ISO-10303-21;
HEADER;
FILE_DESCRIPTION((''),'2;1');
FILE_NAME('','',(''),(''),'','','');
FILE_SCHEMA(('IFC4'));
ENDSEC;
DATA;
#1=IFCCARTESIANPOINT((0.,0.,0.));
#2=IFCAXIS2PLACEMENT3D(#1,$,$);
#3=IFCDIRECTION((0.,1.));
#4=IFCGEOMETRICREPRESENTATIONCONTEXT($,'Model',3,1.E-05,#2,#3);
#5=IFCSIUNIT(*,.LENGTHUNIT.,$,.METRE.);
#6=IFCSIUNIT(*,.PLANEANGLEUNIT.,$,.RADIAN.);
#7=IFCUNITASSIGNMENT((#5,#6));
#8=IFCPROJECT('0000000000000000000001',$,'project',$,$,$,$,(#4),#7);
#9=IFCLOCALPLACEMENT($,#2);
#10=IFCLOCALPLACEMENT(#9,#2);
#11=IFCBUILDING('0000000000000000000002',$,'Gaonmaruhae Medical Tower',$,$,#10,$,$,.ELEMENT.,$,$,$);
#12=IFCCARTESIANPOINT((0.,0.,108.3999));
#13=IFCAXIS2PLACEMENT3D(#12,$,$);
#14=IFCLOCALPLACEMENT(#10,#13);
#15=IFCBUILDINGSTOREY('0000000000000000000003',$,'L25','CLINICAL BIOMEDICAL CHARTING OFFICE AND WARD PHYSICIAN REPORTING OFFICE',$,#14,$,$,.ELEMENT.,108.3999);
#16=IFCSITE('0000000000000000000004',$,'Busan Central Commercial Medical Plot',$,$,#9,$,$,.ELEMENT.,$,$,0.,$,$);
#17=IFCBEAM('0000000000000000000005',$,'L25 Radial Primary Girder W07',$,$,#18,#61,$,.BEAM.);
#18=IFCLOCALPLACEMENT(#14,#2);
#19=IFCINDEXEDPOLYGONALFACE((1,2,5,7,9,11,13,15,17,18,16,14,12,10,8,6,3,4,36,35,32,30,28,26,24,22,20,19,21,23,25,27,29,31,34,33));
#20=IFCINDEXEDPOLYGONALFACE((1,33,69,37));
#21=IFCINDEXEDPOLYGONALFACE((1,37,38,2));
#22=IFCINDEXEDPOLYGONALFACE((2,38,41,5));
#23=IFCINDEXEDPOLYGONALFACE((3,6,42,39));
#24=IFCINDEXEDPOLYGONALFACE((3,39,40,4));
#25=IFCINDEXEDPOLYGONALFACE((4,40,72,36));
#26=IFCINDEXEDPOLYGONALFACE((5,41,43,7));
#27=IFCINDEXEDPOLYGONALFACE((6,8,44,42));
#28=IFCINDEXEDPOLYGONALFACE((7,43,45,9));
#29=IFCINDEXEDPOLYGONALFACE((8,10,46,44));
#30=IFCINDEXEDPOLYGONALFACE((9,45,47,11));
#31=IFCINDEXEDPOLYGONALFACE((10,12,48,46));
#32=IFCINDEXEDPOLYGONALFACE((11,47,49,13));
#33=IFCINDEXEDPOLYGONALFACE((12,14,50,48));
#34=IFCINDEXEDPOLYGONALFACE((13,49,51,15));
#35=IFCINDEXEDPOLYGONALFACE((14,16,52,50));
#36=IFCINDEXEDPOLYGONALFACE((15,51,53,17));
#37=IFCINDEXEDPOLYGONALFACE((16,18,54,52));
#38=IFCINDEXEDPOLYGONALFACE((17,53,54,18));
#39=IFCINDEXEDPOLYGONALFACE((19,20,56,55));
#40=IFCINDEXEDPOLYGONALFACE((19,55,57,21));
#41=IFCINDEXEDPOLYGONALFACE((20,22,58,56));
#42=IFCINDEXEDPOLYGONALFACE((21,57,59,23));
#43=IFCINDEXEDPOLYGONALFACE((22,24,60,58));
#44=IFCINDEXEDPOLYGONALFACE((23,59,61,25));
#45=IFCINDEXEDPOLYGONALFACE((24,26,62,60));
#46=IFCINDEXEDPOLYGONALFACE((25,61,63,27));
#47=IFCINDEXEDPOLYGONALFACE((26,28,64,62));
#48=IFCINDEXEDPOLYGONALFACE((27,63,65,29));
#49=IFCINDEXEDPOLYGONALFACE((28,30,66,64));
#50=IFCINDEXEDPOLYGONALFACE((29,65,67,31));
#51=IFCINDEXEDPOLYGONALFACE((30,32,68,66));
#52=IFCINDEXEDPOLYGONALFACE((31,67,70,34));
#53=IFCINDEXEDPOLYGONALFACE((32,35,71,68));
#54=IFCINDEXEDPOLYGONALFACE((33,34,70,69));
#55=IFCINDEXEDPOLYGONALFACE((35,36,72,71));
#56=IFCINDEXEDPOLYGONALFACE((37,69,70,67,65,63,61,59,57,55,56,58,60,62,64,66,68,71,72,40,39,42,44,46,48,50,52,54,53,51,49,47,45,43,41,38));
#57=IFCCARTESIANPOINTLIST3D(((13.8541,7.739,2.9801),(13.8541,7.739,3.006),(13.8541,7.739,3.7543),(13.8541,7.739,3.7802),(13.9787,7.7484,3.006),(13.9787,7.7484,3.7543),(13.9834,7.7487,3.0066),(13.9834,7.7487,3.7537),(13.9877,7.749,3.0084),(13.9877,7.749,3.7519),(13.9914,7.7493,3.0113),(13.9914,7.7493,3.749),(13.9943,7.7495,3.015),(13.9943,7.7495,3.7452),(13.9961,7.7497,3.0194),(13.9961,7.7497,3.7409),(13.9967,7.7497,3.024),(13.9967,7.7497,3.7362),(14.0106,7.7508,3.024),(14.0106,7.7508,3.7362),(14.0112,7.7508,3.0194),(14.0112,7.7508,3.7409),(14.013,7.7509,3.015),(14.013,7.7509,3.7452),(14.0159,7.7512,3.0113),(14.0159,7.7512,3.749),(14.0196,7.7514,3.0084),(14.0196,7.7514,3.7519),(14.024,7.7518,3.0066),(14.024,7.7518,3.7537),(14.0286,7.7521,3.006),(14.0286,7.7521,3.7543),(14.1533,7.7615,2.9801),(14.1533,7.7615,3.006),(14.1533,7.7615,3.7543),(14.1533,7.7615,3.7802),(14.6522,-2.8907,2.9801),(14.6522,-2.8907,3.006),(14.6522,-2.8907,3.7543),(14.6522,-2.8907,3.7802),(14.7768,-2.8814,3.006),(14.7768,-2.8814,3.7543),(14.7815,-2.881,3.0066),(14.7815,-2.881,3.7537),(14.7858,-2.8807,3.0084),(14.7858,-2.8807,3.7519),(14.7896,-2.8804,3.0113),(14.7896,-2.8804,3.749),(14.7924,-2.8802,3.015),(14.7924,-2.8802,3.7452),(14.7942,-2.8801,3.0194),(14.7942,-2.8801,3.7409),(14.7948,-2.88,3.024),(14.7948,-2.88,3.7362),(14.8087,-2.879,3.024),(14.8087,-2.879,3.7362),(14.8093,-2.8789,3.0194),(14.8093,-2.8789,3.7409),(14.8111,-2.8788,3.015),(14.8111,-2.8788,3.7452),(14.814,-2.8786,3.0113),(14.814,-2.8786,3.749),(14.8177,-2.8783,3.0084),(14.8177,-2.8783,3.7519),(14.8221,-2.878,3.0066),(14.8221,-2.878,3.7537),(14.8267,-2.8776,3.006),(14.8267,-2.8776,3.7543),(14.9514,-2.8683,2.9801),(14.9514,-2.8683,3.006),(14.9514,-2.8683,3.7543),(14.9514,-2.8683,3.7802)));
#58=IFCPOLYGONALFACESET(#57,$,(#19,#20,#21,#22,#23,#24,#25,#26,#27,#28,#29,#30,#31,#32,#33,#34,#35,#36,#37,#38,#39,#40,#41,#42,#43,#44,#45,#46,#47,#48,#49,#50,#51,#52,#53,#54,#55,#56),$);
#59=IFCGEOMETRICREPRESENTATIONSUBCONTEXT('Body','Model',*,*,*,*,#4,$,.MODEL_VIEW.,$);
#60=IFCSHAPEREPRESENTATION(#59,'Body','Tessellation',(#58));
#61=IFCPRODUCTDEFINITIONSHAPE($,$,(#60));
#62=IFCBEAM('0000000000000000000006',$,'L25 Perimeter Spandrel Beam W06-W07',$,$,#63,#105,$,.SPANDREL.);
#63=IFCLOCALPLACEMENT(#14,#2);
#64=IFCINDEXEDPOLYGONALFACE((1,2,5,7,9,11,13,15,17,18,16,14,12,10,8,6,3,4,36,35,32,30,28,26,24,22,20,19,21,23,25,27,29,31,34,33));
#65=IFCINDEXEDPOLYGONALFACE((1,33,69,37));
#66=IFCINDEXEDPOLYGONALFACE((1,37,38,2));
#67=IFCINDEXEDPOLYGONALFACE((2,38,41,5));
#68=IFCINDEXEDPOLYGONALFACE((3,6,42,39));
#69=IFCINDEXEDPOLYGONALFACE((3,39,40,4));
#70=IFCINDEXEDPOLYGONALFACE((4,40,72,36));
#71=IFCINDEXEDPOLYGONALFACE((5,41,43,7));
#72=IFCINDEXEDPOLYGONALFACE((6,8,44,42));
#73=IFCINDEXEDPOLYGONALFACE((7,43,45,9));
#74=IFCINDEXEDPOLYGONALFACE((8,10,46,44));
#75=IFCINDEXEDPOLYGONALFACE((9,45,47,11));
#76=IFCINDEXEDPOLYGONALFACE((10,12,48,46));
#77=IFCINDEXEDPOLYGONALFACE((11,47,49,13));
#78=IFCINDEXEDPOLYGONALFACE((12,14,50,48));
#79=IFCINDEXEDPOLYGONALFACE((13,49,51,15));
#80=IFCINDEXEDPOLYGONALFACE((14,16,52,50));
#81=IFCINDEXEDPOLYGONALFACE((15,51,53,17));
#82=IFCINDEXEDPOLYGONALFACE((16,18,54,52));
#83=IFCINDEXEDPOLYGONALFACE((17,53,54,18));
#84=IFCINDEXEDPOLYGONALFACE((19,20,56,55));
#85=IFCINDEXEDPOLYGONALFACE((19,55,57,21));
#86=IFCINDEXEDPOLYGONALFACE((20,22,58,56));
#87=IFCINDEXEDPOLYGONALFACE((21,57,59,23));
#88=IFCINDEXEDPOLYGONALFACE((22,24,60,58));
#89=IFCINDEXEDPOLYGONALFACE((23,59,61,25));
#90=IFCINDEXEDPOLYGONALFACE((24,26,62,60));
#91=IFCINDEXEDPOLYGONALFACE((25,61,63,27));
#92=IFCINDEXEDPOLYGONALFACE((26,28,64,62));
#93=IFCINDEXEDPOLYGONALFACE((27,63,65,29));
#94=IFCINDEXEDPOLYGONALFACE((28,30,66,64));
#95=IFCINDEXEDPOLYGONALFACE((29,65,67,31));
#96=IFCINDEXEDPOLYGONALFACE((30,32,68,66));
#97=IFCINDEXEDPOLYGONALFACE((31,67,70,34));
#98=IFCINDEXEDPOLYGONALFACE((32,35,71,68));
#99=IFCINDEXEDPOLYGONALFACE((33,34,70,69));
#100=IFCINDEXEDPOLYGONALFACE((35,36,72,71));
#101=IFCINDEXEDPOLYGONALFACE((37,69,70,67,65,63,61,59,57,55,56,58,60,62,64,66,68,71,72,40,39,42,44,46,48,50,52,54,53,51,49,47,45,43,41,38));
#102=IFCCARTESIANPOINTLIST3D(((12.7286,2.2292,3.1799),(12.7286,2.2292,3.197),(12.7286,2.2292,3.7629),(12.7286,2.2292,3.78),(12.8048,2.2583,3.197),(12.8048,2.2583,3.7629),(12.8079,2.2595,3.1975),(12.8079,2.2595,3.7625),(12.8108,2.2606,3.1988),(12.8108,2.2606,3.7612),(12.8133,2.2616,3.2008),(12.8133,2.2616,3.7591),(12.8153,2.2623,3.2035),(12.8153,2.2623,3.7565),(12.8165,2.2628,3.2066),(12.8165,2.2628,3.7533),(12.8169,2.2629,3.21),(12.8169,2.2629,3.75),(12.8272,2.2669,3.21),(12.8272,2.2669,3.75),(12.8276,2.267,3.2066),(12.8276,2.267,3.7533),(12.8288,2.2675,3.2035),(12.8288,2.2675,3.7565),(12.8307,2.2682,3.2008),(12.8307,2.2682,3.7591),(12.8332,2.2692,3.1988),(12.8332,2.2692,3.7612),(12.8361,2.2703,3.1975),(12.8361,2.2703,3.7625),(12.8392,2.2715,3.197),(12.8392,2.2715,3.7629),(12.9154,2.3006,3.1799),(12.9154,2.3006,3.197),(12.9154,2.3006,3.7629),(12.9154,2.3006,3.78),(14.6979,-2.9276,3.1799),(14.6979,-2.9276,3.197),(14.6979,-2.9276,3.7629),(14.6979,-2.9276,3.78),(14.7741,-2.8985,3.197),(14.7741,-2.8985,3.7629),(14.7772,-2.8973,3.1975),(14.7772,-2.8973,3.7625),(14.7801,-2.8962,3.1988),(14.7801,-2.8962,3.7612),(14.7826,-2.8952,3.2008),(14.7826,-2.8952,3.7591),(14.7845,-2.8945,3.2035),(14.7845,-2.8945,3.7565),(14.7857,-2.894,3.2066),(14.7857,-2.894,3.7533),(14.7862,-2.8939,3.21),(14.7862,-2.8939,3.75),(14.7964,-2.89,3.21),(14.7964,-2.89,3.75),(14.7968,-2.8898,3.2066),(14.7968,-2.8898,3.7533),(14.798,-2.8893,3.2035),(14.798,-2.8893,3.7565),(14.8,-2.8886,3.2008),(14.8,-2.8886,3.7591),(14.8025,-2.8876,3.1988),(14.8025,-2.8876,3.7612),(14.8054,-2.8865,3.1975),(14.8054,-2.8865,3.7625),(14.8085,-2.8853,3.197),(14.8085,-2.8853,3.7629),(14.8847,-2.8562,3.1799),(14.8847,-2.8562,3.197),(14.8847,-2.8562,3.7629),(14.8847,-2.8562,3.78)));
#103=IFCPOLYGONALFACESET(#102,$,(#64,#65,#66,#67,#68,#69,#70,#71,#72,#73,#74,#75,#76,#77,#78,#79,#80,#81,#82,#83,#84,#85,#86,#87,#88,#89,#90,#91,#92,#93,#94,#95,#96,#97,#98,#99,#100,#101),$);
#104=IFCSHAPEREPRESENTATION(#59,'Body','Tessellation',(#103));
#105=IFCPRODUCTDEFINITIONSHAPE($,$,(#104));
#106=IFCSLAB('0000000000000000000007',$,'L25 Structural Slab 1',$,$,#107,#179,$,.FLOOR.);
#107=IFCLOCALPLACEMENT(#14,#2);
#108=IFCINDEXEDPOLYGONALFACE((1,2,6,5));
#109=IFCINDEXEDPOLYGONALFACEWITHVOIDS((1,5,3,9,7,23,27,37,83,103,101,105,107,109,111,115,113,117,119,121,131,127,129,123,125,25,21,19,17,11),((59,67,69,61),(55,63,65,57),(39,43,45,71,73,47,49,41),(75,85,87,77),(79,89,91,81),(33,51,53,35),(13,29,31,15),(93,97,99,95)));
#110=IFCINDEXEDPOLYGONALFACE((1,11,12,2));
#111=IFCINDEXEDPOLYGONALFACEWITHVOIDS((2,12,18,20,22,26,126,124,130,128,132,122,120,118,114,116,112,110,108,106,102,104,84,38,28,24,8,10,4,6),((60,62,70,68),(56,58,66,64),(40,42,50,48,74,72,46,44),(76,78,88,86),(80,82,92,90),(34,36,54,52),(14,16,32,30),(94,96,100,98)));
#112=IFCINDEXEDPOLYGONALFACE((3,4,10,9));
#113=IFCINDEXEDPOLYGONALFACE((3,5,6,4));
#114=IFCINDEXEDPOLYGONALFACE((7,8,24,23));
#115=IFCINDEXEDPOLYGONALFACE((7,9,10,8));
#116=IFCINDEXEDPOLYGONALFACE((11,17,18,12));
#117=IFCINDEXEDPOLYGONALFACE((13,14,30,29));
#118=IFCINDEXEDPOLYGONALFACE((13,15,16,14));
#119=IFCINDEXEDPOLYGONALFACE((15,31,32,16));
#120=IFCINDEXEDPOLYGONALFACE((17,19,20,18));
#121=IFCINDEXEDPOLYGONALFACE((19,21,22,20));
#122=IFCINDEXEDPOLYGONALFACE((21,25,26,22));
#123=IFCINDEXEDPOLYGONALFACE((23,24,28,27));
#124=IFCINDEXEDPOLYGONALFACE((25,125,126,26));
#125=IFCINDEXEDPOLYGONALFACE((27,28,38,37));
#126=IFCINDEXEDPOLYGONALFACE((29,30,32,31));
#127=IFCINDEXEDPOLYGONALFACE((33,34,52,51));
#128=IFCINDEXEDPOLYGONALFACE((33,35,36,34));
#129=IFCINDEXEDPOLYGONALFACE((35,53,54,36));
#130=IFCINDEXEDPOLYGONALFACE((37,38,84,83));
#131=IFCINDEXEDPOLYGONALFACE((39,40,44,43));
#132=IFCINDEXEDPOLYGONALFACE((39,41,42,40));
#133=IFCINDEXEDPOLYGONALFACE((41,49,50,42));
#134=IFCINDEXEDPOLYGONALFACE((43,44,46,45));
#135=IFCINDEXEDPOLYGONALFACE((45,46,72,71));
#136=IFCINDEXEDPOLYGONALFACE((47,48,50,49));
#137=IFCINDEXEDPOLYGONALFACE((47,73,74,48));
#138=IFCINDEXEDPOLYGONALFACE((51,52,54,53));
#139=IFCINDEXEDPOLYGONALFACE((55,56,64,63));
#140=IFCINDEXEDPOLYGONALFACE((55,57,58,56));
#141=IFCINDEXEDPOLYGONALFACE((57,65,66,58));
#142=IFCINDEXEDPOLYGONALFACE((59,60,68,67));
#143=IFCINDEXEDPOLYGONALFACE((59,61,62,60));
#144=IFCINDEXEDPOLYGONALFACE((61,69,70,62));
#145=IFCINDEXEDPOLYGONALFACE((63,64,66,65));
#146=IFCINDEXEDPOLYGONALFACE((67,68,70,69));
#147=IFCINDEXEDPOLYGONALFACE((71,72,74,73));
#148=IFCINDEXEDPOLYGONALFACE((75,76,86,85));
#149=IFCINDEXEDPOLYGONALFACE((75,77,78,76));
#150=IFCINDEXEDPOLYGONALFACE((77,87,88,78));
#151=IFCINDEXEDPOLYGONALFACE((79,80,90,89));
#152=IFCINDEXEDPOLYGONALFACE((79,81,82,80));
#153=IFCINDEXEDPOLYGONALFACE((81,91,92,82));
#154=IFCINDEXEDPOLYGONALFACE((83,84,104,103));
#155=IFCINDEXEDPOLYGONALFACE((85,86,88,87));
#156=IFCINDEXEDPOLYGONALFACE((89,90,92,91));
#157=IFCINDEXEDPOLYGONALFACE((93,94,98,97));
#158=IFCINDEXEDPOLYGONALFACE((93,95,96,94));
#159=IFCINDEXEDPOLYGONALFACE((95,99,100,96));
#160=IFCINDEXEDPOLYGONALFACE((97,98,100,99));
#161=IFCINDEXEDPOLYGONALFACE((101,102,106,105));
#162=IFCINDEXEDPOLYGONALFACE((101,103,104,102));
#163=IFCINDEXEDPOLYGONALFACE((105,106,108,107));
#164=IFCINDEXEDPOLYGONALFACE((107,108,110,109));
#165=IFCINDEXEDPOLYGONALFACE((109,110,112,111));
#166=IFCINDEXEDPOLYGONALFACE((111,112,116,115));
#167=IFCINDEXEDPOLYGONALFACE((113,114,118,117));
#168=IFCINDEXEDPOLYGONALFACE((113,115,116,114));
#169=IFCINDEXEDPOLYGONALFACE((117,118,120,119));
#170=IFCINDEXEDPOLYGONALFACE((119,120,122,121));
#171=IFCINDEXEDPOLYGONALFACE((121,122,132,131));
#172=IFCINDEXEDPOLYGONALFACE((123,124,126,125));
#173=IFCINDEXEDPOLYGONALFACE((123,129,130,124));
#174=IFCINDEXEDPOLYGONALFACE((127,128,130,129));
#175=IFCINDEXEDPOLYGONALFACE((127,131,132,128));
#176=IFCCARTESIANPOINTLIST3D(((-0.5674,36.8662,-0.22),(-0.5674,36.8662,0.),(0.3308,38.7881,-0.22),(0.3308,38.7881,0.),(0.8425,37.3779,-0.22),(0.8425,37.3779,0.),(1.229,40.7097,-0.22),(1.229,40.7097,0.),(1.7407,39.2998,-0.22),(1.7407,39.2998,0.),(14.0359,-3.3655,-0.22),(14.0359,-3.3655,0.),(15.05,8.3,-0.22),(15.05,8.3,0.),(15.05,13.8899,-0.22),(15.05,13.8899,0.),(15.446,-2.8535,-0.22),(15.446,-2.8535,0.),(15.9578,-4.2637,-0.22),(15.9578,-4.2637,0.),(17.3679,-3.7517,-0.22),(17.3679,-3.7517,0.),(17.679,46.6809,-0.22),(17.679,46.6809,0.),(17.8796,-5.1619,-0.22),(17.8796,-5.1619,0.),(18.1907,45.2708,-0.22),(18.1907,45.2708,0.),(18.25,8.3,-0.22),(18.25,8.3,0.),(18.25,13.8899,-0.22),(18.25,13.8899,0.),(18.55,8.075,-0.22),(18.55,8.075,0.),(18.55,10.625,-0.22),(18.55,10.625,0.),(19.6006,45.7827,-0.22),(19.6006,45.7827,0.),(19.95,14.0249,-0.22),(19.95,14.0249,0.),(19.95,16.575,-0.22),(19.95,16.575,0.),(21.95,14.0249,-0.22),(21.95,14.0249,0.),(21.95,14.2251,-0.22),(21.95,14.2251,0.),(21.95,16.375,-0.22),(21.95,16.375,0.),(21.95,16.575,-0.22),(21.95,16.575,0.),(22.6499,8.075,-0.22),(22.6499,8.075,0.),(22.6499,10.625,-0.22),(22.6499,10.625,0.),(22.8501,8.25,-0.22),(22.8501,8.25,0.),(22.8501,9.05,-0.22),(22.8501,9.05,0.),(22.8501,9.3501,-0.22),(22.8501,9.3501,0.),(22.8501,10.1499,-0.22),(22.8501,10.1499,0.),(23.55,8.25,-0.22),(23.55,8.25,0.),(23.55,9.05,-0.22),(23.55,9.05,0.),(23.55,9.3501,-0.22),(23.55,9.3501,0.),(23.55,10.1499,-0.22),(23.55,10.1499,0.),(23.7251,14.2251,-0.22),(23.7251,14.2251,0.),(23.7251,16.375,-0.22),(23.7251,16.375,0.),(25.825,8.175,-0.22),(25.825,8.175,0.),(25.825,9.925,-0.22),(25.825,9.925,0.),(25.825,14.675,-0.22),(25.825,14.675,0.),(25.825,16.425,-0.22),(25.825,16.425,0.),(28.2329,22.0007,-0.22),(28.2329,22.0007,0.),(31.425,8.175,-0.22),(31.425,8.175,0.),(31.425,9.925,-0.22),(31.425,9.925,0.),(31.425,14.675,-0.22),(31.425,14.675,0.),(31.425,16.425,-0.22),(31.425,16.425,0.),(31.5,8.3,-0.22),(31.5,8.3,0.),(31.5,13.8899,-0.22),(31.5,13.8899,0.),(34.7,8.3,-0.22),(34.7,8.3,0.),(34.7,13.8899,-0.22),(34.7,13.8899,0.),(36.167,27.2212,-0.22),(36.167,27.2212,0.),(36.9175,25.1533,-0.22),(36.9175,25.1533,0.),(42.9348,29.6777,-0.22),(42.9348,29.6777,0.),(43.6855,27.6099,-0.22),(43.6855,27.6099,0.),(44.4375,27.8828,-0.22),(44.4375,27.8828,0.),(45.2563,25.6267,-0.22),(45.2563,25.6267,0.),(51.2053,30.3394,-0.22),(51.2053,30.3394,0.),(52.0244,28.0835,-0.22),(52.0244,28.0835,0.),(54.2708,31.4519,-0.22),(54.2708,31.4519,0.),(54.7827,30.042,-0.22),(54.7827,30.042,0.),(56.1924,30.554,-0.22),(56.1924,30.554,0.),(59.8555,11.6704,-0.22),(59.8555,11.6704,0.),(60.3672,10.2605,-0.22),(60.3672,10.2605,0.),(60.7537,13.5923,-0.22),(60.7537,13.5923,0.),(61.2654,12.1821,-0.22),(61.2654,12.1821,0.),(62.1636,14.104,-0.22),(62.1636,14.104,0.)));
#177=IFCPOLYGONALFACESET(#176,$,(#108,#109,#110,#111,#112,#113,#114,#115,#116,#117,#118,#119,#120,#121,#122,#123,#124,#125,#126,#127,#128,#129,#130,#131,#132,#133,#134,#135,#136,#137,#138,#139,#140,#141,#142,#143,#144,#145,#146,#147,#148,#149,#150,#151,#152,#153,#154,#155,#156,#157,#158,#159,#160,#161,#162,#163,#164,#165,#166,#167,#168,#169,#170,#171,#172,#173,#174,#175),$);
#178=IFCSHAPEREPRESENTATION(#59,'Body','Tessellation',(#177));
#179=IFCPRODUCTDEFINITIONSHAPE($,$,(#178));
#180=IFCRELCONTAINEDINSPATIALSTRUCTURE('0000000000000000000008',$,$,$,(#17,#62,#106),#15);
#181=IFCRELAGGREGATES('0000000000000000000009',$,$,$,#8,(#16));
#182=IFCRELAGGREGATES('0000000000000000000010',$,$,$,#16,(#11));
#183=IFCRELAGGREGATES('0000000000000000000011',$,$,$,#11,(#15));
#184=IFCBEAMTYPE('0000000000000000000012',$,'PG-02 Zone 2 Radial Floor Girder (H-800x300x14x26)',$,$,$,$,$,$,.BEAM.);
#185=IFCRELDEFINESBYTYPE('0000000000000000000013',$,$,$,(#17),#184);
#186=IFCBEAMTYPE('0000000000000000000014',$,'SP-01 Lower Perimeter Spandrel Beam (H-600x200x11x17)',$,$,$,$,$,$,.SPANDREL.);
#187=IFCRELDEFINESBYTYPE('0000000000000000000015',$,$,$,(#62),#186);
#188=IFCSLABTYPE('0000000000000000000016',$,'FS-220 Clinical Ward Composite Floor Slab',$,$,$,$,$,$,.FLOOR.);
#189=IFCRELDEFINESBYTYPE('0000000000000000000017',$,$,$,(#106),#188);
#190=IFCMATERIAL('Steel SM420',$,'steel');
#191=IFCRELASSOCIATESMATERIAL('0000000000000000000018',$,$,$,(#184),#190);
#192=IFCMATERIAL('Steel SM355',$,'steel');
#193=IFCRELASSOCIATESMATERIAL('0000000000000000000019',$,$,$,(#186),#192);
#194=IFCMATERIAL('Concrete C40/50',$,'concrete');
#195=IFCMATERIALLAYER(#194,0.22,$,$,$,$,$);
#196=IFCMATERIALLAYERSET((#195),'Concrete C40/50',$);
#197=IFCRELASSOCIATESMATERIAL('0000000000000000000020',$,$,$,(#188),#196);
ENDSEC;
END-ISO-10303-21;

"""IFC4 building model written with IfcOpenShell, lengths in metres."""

from ifc_helpers import new_model, si_unit, direction, frame, origin, origin_2d, place, context, subcontext, project, spatial, polyline, i_section, outline, extrude, material, layer, layer_set, material_profile, profile_set, type_object, element, save


model = new_model("IFC4")

# Units and contexts
model_context = context("Model", 3, precision=1e-05, world=origin(), true_north=direction((0.0, 1.0)))
body_context = subcontext(model_context, "Body", "Model", "MODEL_VIEW")
ifc_project = project(units=[si_unit("LENGTHUNIT", "METRE"), si_unit("PLANEANGLEUNIT", "RADIAN")], contexts=[model_context])

# Site, building, storey
site_placement = place(None, origin())
site = spatial("IfcSite", under=ifc_project, at=site_placement, Name="Busan Central Commercial Medical Plot", CompositionType="ELEMENT", RefElevation=0.0)
building_placement = place(site_placement, origin())
building = spatial("IfcBuilding", under=site, at=building_placement, Name="Gaonmaruhae Medical Tower", CompositionType="ELEMENT")
storey_placement = place(building_placement, frame((0.0, 0.0, 108.3999)))
storey = spatial("IfcBuildingStorey", under=building, at=storey_placement, Name="L25", Description="CLINICAL BIOMEDICAL CHARTING OFFICE AND WARD PHYSICIAN REPORTING OFFICE", CompositionType="ELEMENT", Elevation=108.3999)

# Beams
ifc_material_1 = material(Name="Steel SM355", Category="steel")
ifc_material_2 = material(Name="Steel SM420", Category="steel")
ifc_material_profile_1 = material_profile(ifc_material_2, i_section(OverallWidth=0.3, OverallDepth=0.8, WebThickness=0.0139, FlangeThickness=0.0259, FilletRadius=0.0181, at=origin_2d()), Name="H-800x300x14x26")
ifc_profile_set_1 = profile_set([ifc_material_profile_1], Name="Steel SM420")
beam_type_1 = type_object("IfcBeamType", Name="PG-02 Zone 2 Radial Floor Girder (H-800x300x14x26)", PredefinedType="BEAM", material=ifc_profile_set_1)
beam_1_placement = place(storey_placement, frame((14.0037, 7.7502, 3.3801), z_axis=(0.074871, -0.997193, 0.0), x_axis=(0.997193, 0.074871, 0.0)))
element("IfcBeam", 1, at=beam_1_placement, inside=storey, type_object=beam_type_1, Name="L25 Radial Primary Girder W07", PredefinedType="BEAM", context=body_context, shape_type="SweptSolid", body=[
    extrude(i_section(OverallWidth=0.3, OverallDepth=0.8, WebThickness=0.0139, FlangeThickness=0.0259, FilletRadius=0.0181, at=origin_2d()), origin(), (0.0, 0.0, 1.0), 10.6597),
])
ifc_material_profile_2 = material_profile(ifc_material_1, i_section(OverallWidth=0.2, OverallDepth=0.6001, WebThickness=0.011, FlangeThickness=0.0171, FilletRadius=0.0129, at=origin_2d()), Name="H-600x200x11x17")
ifc_profile_set_2 = profile_set([ifc_material_profile_2], Name="Steel SM355")
beam_type_2 = type_object("IfcBeamType", Name="SP-01 Lower Perimeter Spandrel Beam (H-600x200x11x17)", PredefinedType="SPANDREL", material=ifc_profile_set_2)
beam_2_placement = place(storey_placement, frame((12.822, 2.2649, 3.48), z_axis=(0.356749, -0.9342, 0.0), x_axis=(0.9342, 0.356749, 0.0)))
element("IfcBeam", 2, at=beam_2_placement, inside=storey, type_object=beam_type_2, Name="L25 Perimeter Spandrel Beam W06-W07", PredefinedType="SPANDREL", context=body_context, shape_type="SweptSolid", body=[
    extrude(i_section(OverallWidth=0.2, OverallDepth=0.6001, WebThickness=0.011, FlangeThickness=0.0171, FilletRadius=0.0129, at=origin_2d()), origin(), (0.0, 0.0, 1.0), 5.52),
])

# Slab
ifc_material_3 = material(Name="Concrete C40/50", Category="concrete")
ifc_layer_1 = layer(ifc_material_3, 0.22)
ifc_layer_set_1 = layer_set([ifc_layer_1], Name="Concrete C40/50")
slab_type_1 = type_object("IfcSlabType", Name="FS-220 Clinical Ward Composite Floor Slab", PredefinedType="FLOOR", material=ifc_layer_set_1)
slab_1_placement = place(storey_placement, frame((0.0, 0.0, -0.22)))
element("IfcSlab", 3, at=slab_1_placement, inside=storey, type_object=slab_type_1, Name="L25 Structural Slab 1", PredefinedType="FLOOR", context=body_context, shape_type="SweptSolid", body=[
    extrude(outline(polyline([(54.7827, 30.042), (56.1924, 30.554), (62.1636, 14.104), (60.7537, 13.5923), (61.2654, 12.1821), (59.8555, 11.6704), (60.3672, 10.2605), (17.8796, -5.1619), (17.3679, -3.7517), (15.9578, -4.2637), (15.446, -2.8535), (14.0359, -3.3655), (-0.5674, 36.8662), (0.8425, 37.3779), (0.3308, 38.7881), (1.7407, 39.2998), (1.229, 40.7097), (17.679, 46.6809), (18.1907, 45.2708), (19.6006, 45.7827), (28.2329, 22.0007), (36.9175, 25.1533), (36.167, 27.2212), (42.9348, 29.6777), (43.6855, 27.6099), (44.4375, 27.8828), (45.2563, 25.6267), (52.0244, 28.0835), (51.2053, 30.3394), (54.2708, 31.4519), (54.7827, 30.042)]), holes=[polyline([(23.55, 8.25), (22.8501, 8.25), (22.8501, 9.05), (23.55, 9.05), (23.55, 8.25)]), polyline([(25.825, 9.925), (31.425, 9.925), (31.425, 8.175), (25.825, 8.175), (25.825, 9.925)]), polyline([(22.6499, 10.625), (22.6499, 8.075), (18.55, 8.075), (18.55, 10.625), (22.6499, 10.625)]), polyline([(23.55, 9.3501), (22.8501, 9.3501), (22.8501, 10.1499), (23.55, 10.1499), (23.55, 9.3501)]), polyline([(15.05, 13.8899), (18.25, 13.8899), (18.25, 8.3), (15.05, 8.3), (15.05, 13.8899)]), polyline([(31.5, 13.8899), (34.7, 13.8899), (34.7, 8.3), (31.5, 8.3), (31.5, 13.8899)]), polyline([(21.95, 14.2251), (21.95, 14.0249), (19.95, 14.0249), (19.95, 16.575), (21.95, 16.575), (21.95, 16.375), (23.7251, 16.375), (23.7251, 14.2251), (21.95, 14.2251)]), polyline([(25.825, 16.425), (31.425, 16.425), (31.425, 14.675), (25.825, 14.675), (25.825, 16.425)])]), origin(), (0.0, 0.0, 1.0), 0.22),
])

save(model, "model.ifc")
